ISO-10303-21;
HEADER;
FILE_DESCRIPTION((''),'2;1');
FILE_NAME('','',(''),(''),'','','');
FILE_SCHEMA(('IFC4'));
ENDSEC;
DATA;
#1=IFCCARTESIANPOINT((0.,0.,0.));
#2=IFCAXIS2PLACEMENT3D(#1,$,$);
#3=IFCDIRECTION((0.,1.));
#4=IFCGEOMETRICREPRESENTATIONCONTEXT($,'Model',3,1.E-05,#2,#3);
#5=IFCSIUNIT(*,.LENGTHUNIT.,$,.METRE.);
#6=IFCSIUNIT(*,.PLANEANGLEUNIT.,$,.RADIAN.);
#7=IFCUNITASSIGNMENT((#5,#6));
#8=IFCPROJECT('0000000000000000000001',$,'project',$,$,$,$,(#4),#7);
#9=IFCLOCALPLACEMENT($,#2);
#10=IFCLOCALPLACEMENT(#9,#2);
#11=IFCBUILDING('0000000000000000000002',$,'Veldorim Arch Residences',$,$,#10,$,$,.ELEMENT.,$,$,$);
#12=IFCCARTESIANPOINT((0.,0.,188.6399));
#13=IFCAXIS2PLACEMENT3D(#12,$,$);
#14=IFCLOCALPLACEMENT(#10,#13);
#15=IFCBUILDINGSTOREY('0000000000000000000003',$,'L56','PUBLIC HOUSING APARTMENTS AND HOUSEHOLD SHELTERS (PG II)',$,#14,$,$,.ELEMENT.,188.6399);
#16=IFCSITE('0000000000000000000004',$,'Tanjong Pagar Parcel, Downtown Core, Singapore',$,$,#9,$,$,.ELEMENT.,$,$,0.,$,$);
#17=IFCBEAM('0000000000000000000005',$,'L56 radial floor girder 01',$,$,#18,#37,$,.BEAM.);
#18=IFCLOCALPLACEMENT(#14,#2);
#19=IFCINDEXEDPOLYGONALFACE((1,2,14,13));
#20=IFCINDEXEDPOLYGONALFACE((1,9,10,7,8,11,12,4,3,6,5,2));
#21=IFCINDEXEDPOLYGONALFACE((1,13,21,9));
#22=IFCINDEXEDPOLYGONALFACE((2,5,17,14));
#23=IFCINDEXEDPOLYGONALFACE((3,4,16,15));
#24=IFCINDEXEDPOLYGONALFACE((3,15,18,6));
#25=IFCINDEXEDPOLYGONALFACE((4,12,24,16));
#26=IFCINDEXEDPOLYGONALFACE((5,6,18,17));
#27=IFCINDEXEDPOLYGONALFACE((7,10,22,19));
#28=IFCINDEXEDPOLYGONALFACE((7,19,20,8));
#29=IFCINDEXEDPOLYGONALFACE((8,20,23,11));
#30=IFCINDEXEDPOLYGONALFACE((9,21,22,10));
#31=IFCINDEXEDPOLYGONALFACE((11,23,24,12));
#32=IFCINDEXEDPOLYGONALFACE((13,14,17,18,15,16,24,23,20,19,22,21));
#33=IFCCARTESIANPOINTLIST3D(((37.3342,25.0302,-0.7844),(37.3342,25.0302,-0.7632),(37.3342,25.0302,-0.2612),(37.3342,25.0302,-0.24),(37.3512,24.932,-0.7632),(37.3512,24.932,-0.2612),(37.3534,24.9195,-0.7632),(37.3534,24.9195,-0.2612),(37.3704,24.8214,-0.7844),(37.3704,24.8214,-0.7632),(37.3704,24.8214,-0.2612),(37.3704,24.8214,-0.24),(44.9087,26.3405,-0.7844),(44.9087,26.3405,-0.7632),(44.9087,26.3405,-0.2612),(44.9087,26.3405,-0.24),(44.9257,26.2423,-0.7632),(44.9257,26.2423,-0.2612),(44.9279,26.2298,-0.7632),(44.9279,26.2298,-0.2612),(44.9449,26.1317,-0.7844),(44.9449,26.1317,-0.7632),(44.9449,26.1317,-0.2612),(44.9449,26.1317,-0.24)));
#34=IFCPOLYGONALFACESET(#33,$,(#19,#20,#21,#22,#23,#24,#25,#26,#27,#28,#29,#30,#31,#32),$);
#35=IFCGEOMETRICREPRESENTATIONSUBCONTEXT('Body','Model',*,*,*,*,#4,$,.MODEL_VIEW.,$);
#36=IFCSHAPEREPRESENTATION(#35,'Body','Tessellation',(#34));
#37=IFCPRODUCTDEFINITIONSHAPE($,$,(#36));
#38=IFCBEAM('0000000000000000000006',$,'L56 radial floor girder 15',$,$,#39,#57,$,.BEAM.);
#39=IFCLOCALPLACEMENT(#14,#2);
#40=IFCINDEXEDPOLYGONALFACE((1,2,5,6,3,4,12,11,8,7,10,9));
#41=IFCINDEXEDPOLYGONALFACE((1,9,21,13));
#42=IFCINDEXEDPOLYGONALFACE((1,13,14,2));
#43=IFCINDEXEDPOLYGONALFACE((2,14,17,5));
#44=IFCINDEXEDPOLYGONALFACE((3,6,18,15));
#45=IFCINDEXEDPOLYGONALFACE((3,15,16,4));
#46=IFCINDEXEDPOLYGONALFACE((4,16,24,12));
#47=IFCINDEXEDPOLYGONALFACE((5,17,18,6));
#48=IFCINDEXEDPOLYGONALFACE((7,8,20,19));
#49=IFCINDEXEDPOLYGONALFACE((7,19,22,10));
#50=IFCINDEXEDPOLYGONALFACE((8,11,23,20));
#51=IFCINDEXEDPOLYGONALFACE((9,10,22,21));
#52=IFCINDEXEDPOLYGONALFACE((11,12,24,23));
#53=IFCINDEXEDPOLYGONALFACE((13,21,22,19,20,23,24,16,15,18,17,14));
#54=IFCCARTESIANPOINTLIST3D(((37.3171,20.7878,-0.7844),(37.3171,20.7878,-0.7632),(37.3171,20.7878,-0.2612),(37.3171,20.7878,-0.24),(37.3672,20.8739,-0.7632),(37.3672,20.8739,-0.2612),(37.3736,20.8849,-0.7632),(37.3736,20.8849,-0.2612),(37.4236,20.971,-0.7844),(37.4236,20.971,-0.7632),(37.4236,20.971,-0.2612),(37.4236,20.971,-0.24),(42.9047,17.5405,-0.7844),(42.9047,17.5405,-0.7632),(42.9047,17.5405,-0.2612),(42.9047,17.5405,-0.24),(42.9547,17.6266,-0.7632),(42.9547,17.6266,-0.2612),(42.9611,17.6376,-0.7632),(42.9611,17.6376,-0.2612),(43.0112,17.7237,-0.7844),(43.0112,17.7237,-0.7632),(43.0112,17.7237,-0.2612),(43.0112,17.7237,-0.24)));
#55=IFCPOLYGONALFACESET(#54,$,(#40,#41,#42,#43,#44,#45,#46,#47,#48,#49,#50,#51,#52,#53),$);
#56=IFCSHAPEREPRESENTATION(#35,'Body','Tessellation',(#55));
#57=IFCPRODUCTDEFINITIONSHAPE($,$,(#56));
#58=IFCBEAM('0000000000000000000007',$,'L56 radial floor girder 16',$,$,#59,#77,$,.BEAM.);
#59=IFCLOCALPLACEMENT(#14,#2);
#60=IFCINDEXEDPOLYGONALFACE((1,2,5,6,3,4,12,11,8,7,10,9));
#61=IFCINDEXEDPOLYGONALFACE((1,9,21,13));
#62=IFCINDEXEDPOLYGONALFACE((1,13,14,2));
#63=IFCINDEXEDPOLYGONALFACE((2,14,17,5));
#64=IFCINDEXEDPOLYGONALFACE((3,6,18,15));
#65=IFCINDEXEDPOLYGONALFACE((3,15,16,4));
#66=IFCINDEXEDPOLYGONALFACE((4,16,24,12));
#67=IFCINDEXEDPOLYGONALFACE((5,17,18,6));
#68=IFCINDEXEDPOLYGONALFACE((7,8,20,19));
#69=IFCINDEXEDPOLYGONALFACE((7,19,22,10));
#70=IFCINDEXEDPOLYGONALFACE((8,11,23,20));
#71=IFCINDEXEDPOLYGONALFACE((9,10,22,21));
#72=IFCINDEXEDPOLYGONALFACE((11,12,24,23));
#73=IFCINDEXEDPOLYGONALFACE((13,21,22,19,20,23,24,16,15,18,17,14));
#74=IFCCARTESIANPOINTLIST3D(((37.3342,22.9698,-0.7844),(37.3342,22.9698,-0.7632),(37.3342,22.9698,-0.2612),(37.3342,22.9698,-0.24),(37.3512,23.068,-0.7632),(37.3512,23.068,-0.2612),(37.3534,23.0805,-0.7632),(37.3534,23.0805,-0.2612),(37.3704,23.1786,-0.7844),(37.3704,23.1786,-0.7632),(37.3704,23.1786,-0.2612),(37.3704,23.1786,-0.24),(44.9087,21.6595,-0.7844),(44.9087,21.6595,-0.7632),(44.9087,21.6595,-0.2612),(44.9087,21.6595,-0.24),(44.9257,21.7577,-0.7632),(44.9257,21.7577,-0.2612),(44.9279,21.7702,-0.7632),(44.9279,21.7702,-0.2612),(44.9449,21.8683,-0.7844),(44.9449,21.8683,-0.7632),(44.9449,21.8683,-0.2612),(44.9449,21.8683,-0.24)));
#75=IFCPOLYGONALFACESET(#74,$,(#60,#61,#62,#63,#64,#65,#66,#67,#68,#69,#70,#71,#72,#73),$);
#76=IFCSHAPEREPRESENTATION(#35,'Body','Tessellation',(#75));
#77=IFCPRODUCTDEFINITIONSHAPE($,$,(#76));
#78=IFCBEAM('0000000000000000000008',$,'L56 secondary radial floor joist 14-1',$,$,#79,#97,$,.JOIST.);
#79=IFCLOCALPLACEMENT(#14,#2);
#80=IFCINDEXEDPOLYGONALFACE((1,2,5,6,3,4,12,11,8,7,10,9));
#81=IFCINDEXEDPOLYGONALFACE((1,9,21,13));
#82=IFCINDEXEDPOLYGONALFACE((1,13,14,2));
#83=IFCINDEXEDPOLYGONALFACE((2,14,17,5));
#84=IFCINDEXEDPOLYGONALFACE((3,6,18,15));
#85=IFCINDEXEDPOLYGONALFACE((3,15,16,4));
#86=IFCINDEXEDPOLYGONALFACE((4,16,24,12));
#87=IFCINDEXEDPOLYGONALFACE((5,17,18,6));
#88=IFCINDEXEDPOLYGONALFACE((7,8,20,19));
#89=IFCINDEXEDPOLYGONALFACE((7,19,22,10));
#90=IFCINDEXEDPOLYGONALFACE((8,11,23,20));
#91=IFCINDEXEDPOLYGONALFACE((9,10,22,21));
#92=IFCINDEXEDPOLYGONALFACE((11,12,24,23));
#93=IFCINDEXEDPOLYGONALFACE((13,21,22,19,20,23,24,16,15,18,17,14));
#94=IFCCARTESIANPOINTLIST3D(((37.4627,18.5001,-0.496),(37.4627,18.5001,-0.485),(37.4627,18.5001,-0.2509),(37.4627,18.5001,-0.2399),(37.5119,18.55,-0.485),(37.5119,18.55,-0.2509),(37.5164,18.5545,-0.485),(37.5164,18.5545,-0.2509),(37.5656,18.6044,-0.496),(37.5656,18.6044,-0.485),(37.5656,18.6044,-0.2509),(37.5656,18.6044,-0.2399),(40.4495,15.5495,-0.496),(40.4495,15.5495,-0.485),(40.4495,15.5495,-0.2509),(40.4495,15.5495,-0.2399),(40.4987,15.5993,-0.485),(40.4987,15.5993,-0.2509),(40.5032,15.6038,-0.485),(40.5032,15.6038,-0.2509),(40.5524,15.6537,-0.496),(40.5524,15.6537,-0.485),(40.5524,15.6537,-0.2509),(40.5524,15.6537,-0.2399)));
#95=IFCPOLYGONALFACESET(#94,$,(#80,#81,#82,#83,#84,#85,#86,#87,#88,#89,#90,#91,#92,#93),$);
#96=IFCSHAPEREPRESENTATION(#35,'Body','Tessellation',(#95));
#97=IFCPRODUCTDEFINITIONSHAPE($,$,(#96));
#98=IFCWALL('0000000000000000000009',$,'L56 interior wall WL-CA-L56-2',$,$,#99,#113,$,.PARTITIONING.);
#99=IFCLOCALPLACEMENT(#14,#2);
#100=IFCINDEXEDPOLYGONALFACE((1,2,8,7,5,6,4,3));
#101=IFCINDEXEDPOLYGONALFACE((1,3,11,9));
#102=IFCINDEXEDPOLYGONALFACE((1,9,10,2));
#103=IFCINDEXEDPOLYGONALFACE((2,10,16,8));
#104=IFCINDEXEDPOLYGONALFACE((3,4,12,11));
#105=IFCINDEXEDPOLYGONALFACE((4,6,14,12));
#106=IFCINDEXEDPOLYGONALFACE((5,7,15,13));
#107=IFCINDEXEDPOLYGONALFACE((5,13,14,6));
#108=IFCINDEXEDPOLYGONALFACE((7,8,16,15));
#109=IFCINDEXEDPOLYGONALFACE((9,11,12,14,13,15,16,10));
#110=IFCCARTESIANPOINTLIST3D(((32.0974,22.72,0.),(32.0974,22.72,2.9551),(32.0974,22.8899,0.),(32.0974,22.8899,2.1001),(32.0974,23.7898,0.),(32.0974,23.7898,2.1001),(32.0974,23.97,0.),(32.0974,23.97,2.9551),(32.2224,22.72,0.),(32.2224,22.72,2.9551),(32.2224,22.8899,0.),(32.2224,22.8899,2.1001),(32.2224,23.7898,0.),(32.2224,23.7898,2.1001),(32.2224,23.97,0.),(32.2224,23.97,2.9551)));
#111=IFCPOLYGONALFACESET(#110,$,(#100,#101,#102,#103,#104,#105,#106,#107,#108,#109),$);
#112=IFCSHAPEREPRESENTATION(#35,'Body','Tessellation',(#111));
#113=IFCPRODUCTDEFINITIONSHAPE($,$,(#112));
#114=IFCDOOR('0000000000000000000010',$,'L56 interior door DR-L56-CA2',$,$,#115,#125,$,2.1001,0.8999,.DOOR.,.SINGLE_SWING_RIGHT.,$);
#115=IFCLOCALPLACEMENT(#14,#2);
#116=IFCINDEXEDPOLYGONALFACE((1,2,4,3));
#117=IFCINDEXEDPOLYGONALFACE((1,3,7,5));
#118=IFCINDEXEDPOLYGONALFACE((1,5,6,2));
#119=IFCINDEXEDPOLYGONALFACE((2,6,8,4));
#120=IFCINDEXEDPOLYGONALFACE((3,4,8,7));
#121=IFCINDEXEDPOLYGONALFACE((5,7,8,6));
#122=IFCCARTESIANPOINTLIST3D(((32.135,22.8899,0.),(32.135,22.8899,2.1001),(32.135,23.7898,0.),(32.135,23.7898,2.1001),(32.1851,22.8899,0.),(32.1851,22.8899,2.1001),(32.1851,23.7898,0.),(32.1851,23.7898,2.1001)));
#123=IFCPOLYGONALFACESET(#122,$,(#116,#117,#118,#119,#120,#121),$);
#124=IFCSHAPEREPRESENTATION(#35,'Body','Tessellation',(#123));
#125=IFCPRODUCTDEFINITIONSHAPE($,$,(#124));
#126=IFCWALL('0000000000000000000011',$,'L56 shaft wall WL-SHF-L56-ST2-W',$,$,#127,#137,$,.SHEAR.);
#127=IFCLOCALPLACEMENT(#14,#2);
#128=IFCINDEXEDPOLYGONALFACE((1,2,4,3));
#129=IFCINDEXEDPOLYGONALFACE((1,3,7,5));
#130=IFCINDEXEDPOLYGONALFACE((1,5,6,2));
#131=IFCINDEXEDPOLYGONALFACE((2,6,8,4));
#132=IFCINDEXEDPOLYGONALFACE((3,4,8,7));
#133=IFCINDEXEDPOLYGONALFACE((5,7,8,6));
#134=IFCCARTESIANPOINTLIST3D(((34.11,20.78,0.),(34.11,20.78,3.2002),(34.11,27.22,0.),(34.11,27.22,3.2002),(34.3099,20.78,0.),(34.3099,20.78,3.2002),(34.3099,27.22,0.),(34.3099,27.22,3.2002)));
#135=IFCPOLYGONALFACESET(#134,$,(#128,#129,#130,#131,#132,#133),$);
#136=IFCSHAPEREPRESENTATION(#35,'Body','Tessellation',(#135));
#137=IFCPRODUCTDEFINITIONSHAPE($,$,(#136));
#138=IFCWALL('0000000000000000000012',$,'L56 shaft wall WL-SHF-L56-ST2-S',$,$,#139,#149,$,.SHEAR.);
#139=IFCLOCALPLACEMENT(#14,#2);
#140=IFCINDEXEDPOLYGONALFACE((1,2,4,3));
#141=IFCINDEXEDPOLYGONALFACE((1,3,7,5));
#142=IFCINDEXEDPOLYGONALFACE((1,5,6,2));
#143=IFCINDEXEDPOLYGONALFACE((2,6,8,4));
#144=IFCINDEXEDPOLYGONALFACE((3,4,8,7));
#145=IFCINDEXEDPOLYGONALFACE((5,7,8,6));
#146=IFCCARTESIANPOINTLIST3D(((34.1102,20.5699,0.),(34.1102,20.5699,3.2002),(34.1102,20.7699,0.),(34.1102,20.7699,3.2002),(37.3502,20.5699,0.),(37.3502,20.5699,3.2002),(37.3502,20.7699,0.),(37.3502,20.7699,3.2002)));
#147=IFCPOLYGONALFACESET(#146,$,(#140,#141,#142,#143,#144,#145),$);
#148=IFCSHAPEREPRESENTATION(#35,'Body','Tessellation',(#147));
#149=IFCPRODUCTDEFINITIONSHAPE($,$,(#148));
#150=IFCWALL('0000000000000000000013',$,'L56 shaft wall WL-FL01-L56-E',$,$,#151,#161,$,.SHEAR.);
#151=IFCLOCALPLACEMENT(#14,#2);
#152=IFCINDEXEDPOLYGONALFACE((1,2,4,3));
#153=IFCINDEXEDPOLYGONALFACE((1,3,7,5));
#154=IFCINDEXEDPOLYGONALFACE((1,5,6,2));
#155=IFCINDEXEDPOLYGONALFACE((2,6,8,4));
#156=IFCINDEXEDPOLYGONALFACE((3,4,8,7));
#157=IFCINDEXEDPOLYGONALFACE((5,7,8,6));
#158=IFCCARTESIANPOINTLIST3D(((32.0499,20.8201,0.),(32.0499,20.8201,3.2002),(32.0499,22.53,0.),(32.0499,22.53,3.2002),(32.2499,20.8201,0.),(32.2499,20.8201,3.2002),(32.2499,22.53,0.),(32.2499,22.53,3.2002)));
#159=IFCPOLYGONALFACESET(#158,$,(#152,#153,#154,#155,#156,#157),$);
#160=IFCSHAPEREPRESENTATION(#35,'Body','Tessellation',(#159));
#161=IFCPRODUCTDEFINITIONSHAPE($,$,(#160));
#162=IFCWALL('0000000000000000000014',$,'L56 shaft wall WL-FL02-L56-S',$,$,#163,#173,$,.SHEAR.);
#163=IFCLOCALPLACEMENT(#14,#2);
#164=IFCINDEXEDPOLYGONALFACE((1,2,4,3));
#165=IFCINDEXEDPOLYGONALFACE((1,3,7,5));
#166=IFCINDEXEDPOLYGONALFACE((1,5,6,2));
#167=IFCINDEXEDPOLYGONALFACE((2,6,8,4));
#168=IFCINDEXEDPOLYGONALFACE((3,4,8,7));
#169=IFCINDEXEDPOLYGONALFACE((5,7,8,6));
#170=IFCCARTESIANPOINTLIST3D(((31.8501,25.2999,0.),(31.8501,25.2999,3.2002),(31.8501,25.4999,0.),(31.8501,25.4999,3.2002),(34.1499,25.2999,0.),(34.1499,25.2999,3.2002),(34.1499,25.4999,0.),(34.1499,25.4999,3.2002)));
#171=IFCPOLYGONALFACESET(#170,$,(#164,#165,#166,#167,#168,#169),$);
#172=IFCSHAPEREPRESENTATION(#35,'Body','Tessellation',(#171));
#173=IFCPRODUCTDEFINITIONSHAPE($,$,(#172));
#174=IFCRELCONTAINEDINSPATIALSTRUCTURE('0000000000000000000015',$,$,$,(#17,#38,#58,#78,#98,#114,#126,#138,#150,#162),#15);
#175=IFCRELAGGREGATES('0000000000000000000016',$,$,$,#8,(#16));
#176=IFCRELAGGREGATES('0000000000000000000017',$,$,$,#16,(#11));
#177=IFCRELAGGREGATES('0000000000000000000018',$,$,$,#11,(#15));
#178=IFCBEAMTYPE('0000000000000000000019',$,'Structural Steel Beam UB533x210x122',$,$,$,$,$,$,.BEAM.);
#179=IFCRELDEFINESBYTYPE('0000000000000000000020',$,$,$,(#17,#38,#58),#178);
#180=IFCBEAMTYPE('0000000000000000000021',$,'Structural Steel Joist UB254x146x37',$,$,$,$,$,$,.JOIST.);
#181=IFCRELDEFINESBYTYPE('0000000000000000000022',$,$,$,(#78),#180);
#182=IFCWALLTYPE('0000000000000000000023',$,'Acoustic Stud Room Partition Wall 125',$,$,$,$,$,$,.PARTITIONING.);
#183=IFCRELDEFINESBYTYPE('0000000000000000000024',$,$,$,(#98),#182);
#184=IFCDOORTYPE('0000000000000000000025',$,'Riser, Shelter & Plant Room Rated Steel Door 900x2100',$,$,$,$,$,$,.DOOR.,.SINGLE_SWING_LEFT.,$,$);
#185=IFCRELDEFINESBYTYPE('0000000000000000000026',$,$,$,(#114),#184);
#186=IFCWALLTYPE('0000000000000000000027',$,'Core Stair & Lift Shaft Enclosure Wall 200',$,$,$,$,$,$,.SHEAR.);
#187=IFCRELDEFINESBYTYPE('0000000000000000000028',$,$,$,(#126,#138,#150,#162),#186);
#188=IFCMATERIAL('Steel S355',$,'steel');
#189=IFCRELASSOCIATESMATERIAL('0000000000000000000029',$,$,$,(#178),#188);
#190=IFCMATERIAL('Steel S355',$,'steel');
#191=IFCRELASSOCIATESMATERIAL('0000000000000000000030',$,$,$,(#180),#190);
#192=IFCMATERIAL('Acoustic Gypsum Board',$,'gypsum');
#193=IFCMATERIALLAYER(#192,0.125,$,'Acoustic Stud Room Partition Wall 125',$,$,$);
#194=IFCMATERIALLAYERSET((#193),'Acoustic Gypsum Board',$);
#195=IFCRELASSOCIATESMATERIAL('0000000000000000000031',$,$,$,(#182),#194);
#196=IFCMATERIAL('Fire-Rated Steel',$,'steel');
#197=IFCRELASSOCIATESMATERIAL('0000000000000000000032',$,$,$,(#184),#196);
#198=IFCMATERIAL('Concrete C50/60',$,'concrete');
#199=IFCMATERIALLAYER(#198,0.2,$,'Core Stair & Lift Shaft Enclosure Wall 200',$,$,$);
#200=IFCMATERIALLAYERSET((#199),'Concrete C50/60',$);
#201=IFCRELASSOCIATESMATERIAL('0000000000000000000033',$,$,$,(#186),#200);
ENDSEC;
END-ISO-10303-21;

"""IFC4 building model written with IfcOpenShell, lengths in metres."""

from ifc_helpers import new_model, si_unit, direction, frame, frame_2d, origin, origin_2d, place, context, subcontext, project, spatial, rectangle, i_section, extrude, material, layer, layer_set, material_profile, profile_set, type_object, element, fill, save


model = new_model("IFC4")

# Units and contexts
model_context = context("Model", 3, precision=1e-05, world=origin(), true_north=direction((0.0, 1.0)))
body_context = subcontext(model_context, "Body", "Model", "MODEL_VIEW")
ifc_project = project(units=[si_unit("LENGTHUNIT", "METRE"), si_unit("PLANEANGLEUNIT", "RADIAN")], contexts=[model_context])

# Site, building, storey
site_placement = place(None, origin())
site = spatial("IfcSite", under=ifc_project, at=site_placement, Name="Tanjong Pagar Parcel, Downtown Core, Singapore", CompositionType="ELEMENT", RefElevation=0.0)
building_placement = place(site_placement, origin())
building = spatial("IfcBuilding", under=site, at=building_placement, Name="Veldorim Arch Residences", CompositionType="ELEMENT")
storey_placement = place(building_placement, frame((0.0, 0.0, 188.6399)))
storey = spatial("IfcBuildingStorey", under=building, at=storey_placement, Name="L56", Description="PUBLIC HOUSING APARTMENTS AND HOUSEHOLD SHELTERS (PG II)", CompositionType="ELEMENT", Elevation=188.6399)

# Beams
ifc_material_1 = material(Name="Steel S355", Category="steel")
ifc_material_profile_1 = material_profile(ifc_material_1, i_section(OverallWidth=0.2119, OverallDepth=0.5444, WebThickness=0.0127, FlangeThickness=0.0212, at=origin_2d()), Name="UB533x210x122")
ifc_profile_set_1 = profile_set([ifc_material_profile_1], Name="Steel S355")
beam_type_1 = type_object("IfcBeamType", Name="Structural Steel Beam UB533x210x122", PredefinedType="BEAM", material=ifc_profile_set_1)
beam_1_placement = place(storey_placement, frame((37.3523, 24.9258, -0.5122), z_axis=(0.985365, 0.170458, 0.0), x_axis=(-0.170458, 0.985365, 0.0)))
element("IfcBeam", 1, at=beam_1_placement, inside=storey, type_object=beam_type_1, Name="L56 radial floor girder 01", PredefinedType="BEAM", context=body_context, shape_type="SweptSolid", body=[
    extrude(i_section(OverallWidth=0.2119, OverallDepth=0.5444, WebThickness=0.0127, FlangeThickness=0.0212, at=origin_2d()), origin(), (0.0, 0.0, 1.0), 7.687),
])
beam_2_placement = place(storey_placement, frame((37.3704, 20.8794, -0.5122), z_axis=(0.864596, -0.502468, 0.0), x_axis=(0.502468, 0.864596, 0.0)))
element("IfcBeam", 2, at=beam_2_placement, inside=storey, type_object=beam_type_1, Name="L56 radial floor girder 15", PredefinedType="BEAM", context=body_context, shape_type="SweptSolid", body=[
    extrude(i_section(OverallWidth=0.2119, OverallDepth=0.5444, WebThickness=0.0127, FlangeThickness=0.0212, at=origin_2d()), origin(), (0.0, 0.0, 1.0), 6.4626),
])
beam_3_placement = place(storey_placement, frame((37.3523, 23.0742, -0.5122), z_axis=(0.985365, -0.170458, 0.0), x_axis=(0.170458, 0.985365, 0.0)))
element("IfcBeam", 3, at=beam_3_placement, inside=storey, type_object=beam_type_1, Name="L56 radial floor girder 16", PredefinedType="BEAM", context=body_context, shape_type="SweptSolid", body=[
    extrude(i_section(OverallWidth=0.2119, OverallDepth=0.5444, WebThickness=0.0127, FlangeThickness=0.0212, at=origin_2d()), origin(), (0.0, 0.0, 1.0), 7.687),
])
ifc_material_2 = material(Name="Steel S355", Category="steel")
ifc_material_profile_2 = material_profile(ifc_material_2, i_section(OverallWidth=0.1465, OverallDepth=0.2561, WebThickness=0.0063, FlangeThickness=0.011, at=origin_2d()), Name="UB254x146x37")
ifc_profile_set_2 = profile_set([ifc_material_profile_2], Name="Steel S355")
beam_type_2 = type_object("IfcBeamType", Name="Structural Steel Joist UB254x146x37", PredefinedType="JOIST", material=ifc_profile_set_2)
beam_4_placement = place(storey_placement, frame((37.5142, 18.5522, -0.3679), z_axis=(0.711397, -0.702791, 0.0), x_axis=(0.702791, 0.711397, 0.0)))
element("IfcBeam", 4, at=beam_4_placement, inside=storey, type_object=beam_type_2, Name="L56 secondary radial floor joist 14-1", PredefinedType="JOIST", context=body_context, shape_type="SweptSolid", body=[
    extrude(i_section(OverallWidth=0.1465, OverallDepth=0.2561, WebThickness=0.0063, FlangeThickness=0.011, at=origin_2d()), origin(), (0.0, 0.0, 1.0), 4.1985),
])

# Wall, opening, door
ifc_material_3 = material(Name="Acoustic Gypsum Board", Category="gypsum")
ifc_layer_1 = layer(ifc_material_3, 0.125, Name="Acoustic Stud Room Partition Wall 125")
ifc_layer_set_1 = layer_set([ifc_layer_1], Name="Acoustic Gypsum Board")
wall_type_1 = type_object("IfcWallType", Name="Acoustic Stud Room Partition Wall 125", PredefinedType="PARTITIONING", material=ifc_layer_set_1)
wall_1_placement = place(storey_placement, frame((32.1599, 22.72, 0.0), z_axis=(0.0, 0.0, 1.0), x_axis=(0.0, 1.0, 0.0)))
wall_1 = element("IfcWall", 5, at=wall_1_placement, inside=storey, type_object=wall_type_1, Name="L56 interior wall WL-CA-L56-2", PredefinedType="PARTITIONING", context=body_context, shape_type="SweptSolid", body=[
    extrude(rectangle(XDim=1.25, YDim=0.125, at=frame_2d((0.625, 0.0))), origin(), (0.0, 0.0, 1.0), 2.9551),
])
opening_placement = place(wall_1_placement, frame((0.1699, 0.0, 0.0)))
opening = element("IfcOpeningElement", 6, at=opening_placement, cuts=wall_1, PredefinedType="OPENING", context=body_context, shape_type="SweptSolid", body=[
    extrude(rectangle(XDim=0.8999, YDim=2.1001, at=frame_2d((0.45, 1.05))), frame((0.0, 0.0725, 0.0), z_axis=(0.0, -1.0, 0.0), x_axis=(1.0, 0.0, 0.0)), (0.0, 0.0, 1.0), 0.145),
])
ifc_material_4 = material(Name="Fire-Rated Steel", Category="steel")
door_type = type_object("IfcDoorType", Name="Riser, Shelter & Plant Room Rated Steel Door 900x2100", OperationType="SINGLE_SWING_LEFT", PredefinedType="DOOR", material=ifc_material_4)
door_placement = place(opening_placement, origin())
door = element("IfcDoor", 7, at=door_placement, inside=storey, type_object=door_type, Name="L56 interior door DR-L56-CA2", OperationType="SINGLE_SWING_RIGHT", OverallHeight=2.1001, OverallWidth=0.8999, PredefinedType="DOOR", context=body_context, shape_type="SweptSolid", body=[
    extrude(rectangle(XDim=0.8999, YDim=2.1001, at=frame_2d((0.45, 1.05))), frame((0.0, 0.0249, 0.0), z_axis=(0.0, -1.0, 0.0), x_axis=(1.0, 0.0, 0.0)), (0.0, 0.0, 1.0), 0.05),
])
fill(opening, door)

# Walls
ifc_material_5 = material(Name="Concrete C50/60", Category="concrete")
ifc_layer_2 = layer(ifc_material_5, 0.2, Name="Core Stair & Lift Shaft Enclosure Wall 200")
ifc_layer_set_2 = layer_set([ifc_layer_2], Name="Concrete C50/60")
wall_type_2 = type_object("IfcWallType", Name="Core Stair & Lift Shaft Enclosure Wall 200", PredefinedType="SHEAR", material=ifc_layer_set_2)
wall_2_placement = place(storey_placement, frame((34.21, 20.78, 0.0), z_axis=(0.0, 0.0, 1.0), x_axis=(0.0, 1.0, 0.0)))
element("IfcWall", 8, at=wall_2_placement, inside=storey, type_object=wall_type_2, Name="L56 shaft wall WL-SHF-L56-ST2-W", PredefinedType="SHEAR", context=body_context, shape_type="SweptSolid", body=[
    extrude(rectangle(XDim=6.4399, YDim=0.2, at=frame_2d((3.22, 0.0))), origin(), (0.0, 0.0, 1.0), 3.2002),
])
wall_3_placement = place(storey_placement, frame((34.1101, 20.6699, 0.0), z_axis=(0.0, 0.0, 1.0), x_axis=(1.0, 0.0, 0.0)))
element("IfcWall", 9, at=wall_3_placement, inside=storey, type_object=wall_type_2, Name="L56 shaft wall WL-SHF-L56-ST2-S", PredefinedType="SHEAR", context=body_context, shape_type="SweptSolid", body=[
    extrude(rectangle(XDim=3.24, YDim=0.2, at=frame_2d((1.6201, 0.0))), origin(), (0.0, 0.0, 1.0), 3.2002),
])
wall_4_placement = place(storey_placement, frame((32.1499, 20.8201, 0.0), z_axis=(0.0, 0.0, 1.0), x_axis=(0.0, 1.0, 0.0)))
element("IfcWall", 10, at=wall_4_placement, inside=storey, type_object=wall_type_2, Name="L56 shaft wall WL-FL01-L56-E", PredefinedType="SHEAR", context=body_context, shape_type="SweptSolid", body=[
    extrude(rectangle(XDim=1.71, YDim=0.2, at=frame_2d((0.855, 0.0))), origin(), (0.0, 0.0, 1.0), 3.2002),
])
wall_5_placement = place(storey_placement, frame((31.8501, 25.3999, 0.0), z_axis=(0.0, 0.0, 1.0), x_axis=(1.0, 0.0, 0.0)))
element("IfcWall", 11, at=wall_5_placement, inside=storey, type_object=wall_type_2, Name="L56 shaft wall WL-FL02-L56-S", PredefinedType="SHEAR", context=body_context, shape_type="SweptSolid", body=[
    extrude(rectangle(XDim=2.2998, YDim=0.2, at=frame_2d((1.1499, 0.0))), origin(), (0.0, 0.0, 1.0), 3.2002),
])

save(model, "model.ifc")
